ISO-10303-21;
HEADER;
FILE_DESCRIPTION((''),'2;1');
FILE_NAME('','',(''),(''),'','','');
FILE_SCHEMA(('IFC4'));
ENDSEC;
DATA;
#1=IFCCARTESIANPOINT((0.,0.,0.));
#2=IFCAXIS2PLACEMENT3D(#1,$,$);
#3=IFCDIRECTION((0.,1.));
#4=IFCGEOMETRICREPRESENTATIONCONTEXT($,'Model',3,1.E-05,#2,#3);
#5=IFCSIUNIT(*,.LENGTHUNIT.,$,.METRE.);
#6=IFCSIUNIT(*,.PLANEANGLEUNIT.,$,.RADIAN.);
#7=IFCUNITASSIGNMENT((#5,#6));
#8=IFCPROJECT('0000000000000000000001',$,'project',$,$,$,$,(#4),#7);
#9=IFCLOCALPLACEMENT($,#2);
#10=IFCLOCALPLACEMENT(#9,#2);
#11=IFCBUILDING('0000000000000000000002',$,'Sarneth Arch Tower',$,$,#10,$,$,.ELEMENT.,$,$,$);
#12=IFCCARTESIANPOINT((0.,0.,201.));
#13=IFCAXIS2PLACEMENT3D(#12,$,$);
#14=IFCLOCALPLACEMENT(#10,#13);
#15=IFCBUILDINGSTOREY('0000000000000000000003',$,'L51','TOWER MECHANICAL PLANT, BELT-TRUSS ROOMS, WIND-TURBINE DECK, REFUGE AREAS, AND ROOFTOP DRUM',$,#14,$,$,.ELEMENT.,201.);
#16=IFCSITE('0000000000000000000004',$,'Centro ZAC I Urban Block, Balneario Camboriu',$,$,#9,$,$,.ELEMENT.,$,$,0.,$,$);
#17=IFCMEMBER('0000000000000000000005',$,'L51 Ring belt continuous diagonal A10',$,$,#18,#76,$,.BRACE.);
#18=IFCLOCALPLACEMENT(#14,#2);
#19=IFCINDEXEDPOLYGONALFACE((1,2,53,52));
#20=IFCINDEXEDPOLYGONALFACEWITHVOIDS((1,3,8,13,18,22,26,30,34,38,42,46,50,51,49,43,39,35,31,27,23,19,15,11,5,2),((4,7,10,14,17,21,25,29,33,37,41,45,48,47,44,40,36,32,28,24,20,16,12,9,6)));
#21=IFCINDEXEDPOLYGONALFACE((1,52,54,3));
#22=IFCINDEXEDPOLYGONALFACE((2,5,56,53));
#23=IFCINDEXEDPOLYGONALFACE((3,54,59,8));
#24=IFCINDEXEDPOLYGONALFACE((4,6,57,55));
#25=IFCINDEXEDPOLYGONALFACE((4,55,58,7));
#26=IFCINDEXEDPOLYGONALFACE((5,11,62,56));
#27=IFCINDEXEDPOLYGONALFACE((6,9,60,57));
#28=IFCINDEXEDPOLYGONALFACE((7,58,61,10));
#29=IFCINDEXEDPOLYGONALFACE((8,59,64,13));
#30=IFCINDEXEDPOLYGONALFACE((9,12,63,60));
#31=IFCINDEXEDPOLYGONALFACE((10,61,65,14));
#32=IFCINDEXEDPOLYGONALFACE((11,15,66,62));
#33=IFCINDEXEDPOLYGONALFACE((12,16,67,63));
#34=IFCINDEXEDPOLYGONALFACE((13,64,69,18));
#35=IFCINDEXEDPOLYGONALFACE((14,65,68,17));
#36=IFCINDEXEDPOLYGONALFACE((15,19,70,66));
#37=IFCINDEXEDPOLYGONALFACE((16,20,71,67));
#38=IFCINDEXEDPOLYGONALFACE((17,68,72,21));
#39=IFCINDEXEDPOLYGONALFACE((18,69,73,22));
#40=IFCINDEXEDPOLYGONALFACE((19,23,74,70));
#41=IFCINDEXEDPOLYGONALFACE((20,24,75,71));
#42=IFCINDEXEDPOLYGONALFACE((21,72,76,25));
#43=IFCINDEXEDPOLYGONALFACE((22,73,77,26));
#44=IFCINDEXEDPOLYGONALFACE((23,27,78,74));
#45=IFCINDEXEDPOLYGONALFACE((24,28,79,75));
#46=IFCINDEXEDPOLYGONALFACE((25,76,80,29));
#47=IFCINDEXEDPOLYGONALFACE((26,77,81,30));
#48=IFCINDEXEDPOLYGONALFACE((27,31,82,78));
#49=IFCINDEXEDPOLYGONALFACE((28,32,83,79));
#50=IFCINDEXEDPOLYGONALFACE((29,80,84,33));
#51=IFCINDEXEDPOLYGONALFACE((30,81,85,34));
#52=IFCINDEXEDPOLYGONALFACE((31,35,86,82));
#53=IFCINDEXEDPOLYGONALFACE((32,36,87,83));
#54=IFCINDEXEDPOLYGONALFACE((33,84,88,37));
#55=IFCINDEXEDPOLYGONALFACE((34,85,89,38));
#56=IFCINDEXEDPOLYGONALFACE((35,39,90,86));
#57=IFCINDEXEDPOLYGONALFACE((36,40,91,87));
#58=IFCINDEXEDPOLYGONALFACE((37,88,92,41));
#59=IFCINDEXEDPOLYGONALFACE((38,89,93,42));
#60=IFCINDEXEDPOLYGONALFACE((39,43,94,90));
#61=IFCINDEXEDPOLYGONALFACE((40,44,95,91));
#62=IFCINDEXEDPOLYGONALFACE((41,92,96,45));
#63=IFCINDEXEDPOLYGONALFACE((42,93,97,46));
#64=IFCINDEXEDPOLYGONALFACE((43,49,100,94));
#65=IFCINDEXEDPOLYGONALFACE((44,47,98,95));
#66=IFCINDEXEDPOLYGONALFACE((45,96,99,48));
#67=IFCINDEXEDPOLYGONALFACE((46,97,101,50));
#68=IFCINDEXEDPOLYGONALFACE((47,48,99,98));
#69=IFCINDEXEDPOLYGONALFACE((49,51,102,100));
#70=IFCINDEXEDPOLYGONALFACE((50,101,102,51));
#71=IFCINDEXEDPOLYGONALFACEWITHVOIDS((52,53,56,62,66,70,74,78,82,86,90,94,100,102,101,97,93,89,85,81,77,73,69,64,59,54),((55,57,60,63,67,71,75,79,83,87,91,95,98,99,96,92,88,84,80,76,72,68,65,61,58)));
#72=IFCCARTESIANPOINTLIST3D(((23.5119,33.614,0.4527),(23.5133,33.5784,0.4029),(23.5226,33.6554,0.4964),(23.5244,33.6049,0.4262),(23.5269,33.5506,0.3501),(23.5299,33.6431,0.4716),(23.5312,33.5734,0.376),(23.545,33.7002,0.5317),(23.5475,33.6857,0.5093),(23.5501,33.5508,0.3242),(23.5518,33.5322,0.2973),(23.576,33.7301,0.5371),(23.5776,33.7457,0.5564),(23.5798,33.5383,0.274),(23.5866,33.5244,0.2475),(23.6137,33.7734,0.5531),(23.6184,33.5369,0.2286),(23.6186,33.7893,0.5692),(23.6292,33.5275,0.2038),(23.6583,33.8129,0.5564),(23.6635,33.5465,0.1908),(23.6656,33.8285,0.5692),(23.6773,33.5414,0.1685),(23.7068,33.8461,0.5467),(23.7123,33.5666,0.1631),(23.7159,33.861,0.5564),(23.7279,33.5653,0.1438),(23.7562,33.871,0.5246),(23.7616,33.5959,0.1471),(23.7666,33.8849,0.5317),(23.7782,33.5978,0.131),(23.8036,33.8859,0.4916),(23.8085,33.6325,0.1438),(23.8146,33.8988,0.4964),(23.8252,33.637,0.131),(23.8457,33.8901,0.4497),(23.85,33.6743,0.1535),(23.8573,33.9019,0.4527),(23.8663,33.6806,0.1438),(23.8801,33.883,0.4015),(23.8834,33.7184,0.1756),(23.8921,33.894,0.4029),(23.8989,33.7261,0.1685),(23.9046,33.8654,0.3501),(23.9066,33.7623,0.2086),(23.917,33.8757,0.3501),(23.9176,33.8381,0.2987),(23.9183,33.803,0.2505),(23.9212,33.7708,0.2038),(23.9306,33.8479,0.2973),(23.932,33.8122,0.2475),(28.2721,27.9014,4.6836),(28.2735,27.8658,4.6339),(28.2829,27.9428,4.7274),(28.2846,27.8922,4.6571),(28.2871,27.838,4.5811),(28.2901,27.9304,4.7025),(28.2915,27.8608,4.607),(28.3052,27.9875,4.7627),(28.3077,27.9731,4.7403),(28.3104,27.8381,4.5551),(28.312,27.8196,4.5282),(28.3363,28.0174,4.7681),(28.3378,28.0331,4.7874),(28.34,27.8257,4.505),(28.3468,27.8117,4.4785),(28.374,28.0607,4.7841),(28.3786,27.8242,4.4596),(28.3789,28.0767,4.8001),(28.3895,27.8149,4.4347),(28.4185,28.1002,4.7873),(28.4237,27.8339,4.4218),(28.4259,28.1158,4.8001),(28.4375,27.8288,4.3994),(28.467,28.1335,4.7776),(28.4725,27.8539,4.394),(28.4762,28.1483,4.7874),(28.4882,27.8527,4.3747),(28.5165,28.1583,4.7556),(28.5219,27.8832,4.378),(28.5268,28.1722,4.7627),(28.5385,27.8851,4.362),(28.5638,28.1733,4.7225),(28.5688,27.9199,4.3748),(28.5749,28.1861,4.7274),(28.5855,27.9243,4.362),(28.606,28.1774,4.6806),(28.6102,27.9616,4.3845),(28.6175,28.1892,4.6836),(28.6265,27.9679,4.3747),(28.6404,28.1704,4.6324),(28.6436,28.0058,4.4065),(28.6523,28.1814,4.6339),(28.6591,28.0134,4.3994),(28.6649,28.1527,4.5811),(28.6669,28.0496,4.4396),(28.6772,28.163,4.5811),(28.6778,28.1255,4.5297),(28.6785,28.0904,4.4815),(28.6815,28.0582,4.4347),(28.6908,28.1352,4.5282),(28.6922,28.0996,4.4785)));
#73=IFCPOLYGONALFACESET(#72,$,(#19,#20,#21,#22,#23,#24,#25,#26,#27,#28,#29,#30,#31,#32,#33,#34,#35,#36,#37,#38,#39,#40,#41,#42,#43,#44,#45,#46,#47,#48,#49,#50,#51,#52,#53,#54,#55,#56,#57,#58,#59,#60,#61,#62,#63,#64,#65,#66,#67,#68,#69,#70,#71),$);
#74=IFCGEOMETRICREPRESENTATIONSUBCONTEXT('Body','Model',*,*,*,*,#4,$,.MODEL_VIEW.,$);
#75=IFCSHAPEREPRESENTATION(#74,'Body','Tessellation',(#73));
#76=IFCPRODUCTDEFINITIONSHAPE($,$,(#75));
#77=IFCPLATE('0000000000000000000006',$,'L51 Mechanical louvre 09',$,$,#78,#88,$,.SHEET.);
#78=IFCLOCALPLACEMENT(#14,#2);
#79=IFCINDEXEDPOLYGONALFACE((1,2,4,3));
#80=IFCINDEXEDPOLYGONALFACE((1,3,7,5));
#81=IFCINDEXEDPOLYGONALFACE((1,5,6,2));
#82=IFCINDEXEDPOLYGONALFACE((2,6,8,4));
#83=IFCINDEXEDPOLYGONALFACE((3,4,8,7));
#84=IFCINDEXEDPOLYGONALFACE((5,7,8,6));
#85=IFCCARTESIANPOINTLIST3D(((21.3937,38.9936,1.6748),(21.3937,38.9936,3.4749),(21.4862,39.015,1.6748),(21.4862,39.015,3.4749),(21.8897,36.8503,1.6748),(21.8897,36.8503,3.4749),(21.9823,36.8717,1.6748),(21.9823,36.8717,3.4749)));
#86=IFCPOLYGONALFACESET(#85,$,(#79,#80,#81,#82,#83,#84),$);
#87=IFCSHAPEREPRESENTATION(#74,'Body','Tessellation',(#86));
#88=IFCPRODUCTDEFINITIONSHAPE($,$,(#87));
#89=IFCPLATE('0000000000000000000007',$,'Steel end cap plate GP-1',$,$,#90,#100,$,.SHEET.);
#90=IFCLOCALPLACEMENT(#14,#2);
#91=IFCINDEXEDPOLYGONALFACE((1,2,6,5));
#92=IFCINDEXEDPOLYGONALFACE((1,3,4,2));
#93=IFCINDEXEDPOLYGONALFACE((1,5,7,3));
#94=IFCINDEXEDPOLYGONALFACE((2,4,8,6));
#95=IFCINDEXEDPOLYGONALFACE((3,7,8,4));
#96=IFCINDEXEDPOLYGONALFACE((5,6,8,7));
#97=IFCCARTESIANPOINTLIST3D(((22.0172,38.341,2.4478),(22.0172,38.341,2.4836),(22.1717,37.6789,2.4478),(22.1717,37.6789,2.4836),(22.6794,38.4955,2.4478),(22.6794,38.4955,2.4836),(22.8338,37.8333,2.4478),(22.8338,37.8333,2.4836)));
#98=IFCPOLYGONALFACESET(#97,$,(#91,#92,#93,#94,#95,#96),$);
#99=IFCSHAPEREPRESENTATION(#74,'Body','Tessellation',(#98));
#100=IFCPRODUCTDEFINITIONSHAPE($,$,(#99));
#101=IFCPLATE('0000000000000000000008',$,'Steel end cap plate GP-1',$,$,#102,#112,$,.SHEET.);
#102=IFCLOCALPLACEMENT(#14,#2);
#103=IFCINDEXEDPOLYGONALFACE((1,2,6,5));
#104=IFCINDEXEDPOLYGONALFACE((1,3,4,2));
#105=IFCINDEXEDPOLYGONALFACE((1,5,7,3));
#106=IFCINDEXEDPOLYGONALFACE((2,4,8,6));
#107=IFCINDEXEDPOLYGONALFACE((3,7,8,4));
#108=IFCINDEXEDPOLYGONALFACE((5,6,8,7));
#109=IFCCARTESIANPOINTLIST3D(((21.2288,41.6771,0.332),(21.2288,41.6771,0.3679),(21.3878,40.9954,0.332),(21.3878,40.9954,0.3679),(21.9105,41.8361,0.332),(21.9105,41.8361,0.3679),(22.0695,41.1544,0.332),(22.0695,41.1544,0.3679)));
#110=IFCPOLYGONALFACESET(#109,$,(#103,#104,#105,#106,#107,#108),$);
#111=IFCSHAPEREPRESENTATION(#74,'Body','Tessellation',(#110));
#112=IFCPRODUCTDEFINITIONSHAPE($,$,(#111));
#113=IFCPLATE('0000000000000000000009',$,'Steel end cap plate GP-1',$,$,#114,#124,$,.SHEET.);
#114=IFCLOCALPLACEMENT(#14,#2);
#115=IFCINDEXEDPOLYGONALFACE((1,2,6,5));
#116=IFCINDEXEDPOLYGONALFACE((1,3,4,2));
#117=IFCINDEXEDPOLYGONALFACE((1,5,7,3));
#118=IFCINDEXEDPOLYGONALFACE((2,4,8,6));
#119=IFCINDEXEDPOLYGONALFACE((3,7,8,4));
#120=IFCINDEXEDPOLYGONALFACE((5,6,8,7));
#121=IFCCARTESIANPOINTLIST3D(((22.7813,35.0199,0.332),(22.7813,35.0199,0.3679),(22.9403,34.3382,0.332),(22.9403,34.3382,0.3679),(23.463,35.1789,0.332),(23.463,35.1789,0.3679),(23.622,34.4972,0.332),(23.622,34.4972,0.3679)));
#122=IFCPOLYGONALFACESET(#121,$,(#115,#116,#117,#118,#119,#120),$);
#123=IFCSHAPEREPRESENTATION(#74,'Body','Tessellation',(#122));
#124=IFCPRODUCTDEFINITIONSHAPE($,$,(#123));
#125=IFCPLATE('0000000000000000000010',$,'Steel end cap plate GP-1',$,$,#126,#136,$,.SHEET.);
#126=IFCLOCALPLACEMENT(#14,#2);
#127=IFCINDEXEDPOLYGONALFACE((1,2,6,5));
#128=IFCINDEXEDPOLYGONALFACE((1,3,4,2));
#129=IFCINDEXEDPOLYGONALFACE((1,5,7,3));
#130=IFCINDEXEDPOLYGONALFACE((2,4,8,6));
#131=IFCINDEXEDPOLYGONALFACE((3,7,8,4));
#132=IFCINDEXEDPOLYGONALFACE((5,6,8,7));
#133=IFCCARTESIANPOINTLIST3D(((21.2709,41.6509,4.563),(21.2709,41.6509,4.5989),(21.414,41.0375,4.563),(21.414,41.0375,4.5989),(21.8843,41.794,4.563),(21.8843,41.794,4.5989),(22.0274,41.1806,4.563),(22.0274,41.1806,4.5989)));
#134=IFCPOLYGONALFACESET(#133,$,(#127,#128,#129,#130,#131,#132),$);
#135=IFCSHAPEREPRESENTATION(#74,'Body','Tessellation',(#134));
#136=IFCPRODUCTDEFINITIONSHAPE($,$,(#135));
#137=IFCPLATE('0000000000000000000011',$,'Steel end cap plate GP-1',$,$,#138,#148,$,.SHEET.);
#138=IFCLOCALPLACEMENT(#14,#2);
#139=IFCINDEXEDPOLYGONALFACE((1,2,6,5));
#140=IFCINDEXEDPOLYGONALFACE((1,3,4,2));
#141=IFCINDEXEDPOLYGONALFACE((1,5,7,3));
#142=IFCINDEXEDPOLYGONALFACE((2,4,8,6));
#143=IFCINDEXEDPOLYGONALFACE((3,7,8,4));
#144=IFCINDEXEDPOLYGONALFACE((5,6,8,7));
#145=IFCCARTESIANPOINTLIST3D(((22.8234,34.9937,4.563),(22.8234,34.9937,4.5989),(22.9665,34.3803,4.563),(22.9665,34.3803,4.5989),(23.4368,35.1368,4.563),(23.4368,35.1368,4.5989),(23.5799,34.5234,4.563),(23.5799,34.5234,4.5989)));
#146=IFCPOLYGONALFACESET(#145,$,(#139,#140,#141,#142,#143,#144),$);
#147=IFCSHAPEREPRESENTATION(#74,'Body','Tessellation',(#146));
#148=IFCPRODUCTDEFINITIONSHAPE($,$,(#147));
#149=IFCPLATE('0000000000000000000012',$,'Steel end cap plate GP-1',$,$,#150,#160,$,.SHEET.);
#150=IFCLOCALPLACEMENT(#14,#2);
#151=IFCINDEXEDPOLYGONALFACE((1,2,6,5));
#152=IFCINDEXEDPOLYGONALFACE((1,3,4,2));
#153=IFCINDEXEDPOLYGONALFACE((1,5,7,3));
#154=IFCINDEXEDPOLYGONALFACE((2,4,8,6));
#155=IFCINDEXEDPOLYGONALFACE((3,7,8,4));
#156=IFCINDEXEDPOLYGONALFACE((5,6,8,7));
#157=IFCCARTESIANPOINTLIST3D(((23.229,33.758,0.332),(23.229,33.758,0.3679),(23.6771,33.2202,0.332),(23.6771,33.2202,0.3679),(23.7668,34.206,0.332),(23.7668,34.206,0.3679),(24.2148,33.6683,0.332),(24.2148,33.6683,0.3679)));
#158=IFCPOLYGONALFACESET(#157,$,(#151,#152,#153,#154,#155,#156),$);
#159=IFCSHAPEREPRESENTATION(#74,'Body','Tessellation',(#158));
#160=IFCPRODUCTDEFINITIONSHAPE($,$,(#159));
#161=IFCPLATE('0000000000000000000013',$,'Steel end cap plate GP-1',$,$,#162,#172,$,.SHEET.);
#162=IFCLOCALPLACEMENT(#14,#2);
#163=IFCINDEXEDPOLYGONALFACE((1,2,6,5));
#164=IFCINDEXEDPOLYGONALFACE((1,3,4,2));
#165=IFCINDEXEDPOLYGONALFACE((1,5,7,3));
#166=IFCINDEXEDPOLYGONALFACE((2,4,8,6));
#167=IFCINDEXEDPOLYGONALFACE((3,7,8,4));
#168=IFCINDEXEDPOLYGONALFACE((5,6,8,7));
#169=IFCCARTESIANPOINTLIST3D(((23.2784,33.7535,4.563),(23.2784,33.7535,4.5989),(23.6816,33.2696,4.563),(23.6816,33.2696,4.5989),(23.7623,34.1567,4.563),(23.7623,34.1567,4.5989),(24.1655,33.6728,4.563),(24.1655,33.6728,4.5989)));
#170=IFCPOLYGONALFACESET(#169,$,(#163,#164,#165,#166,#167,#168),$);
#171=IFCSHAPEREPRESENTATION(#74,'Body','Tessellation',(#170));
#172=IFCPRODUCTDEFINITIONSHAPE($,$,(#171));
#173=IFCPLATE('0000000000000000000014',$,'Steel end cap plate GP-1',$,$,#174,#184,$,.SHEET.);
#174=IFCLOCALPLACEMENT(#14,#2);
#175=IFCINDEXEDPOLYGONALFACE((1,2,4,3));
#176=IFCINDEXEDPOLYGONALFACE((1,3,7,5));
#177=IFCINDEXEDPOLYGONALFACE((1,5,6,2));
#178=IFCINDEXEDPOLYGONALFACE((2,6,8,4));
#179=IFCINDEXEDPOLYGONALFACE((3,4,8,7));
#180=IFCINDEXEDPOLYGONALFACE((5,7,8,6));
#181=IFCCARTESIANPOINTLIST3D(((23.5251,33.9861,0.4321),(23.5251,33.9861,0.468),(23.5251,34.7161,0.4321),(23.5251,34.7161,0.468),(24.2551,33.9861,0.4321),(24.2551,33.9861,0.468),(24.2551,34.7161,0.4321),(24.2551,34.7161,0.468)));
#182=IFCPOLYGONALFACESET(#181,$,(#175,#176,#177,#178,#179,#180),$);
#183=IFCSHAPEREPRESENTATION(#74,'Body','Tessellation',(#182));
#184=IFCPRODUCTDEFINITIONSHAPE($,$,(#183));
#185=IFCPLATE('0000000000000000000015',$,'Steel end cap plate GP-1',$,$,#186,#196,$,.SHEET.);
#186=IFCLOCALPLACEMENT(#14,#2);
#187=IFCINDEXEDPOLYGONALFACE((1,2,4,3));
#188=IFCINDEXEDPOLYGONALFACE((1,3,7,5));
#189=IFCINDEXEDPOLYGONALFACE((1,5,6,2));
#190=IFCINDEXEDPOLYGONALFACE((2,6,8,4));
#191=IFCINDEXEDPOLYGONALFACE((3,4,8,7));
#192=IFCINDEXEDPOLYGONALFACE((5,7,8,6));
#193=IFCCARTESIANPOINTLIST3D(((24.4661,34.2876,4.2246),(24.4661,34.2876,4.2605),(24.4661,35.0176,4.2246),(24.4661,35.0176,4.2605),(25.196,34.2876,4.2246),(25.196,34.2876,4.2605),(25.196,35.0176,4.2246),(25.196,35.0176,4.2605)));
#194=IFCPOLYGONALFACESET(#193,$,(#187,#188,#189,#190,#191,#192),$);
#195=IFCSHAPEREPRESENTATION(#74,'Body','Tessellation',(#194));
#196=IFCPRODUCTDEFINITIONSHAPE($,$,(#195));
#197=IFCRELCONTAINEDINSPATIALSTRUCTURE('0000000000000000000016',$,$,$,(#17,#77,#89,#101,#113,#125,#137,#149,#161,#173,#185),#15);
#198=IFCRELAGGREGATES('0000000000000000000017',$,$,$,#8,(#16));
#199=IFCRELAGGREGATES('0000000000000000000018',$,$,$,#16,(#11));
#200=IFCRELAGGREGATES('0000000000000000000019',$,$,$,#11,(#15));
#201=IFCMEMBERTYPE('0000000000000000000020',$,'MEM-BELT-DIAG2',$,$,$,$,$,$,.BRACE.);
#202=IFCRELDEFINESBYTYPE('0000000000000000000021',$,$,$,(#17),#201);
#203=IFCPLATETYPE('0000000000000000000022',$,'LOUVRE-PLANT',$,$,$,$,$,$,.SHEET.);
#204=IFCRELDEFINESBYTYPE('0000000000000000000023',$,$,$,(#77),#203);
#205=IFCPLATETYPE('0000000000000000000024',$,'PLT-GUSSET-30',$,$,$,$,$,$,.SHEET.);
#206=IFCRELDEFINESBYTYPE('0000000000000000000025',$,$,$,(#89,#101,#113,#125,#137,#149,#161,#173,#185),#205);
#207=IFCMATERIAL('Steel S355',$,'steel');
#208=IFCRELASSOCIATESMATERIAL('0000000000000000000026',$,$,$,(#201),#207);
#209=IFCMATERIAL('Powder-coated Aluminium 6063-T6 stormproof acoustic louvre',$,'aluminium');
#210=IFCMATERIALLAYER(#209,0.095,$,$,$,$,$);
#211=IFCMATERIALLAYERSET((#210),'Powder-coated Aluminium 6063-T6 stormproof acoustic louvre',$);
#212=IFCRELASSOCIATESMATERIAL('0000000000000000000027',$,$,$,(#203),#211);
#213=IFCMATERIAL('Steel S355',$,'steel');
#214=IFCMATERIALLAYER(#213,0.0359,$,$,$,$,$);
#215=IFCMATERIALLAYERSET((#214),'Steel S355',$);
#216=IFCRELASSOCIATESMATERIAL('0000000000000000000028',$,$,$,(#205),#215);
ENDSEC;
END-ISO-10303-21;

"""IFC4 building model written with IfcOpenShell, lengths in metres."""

from ifc_helpers import new_model, si_unit, direction, frame, origin, origin_2d, place, context, subcontext, project, spatial, rectangle, hollow_circle, extrude, material, layer, layer_set, material_profile, profile_set, type_object, element, save


model = new_model("IFC4")

# Units and contexts
model_context = context("Model", 3, precision=1e-05, world=origin(), true_north=direction((0.0, 1.0)))
body_context = subcontext(model_context, "Body", "Model", "MODEL_VIEW")
ifc_project = project(units=[si_unit("LENGTHUNIT", "METRE"), si_unit("PLANEANGLEUNIT", "RADIAN")], contexts=[model_context])

# Site, building, storey
site_placement = place(None, origin())
site = spatial("IfcSite", under=ifc_project, at=site_placement, Name="Centro ZAC I Urban Block, Balneario Camboriu", CompositionType="ELEMENT", RefElevation=0.0)
building_placement = place(site_placement, origin())
building = spatial("IfcBuilding", under=site, at=building_placement, Name="Sarneth Arch Tower", CompositionType="ELEMENT")
storey_placement = place(building_placement, frame((0.0, 0.0, 201.0)))
storey = spatial("IfcBuildingStorey", under=building, at=storey_placement, Name="L51", Description="TOWER MECHANICAL PLANT, BELT-TRUSS ROOMS, WIND-TURBINE DECK, REFUGE AREAS, AND ROOFTOP DRUM", CompositionType="ELEMENT", Elevation=201.0)

# Member
ifc_material_1 = material(Name="Steel S355", Category="steel")
ifc_material_profile_1 = material_profile(ifc_material_1, hollow_circle(Radius=0.2539, WallThickness=0.0161, at=origin_2d()), Name="CHS508x16")
ifc_profile_set_1 = profile_set([ifc_material_profile_1], Name="Steel S355")
member_type_1 = type_object("IfcMemberType", Name="MEM-BELT-DIAG2", PredefinedType="BRACE", material=ifc_profile_set_1)
member_1_placement = place(storey_placement, frame((23.7219, 33.7131, 0.3501), z_axis=(0.556402, -0.667722, 0.494535), x_axis=(0.76824, 0.640162, 0.0)))
element("IfcMember", 1, at=member_1_placement, inside=storey, type_object=member_type_1, Name="L51 Ring belt continuous diagonal A10", PredefinedType="BRACE", context=body_context, shape_type="SweptSolid", body=[
    extrude(hollow_circle(Radius=0.2539, WallThickness=0.0161, at=origin_2d()), origin(), (0.0, 0.0, 1.0), 8.5554),
])

# Plates
ifc_material_2 = material(Name="Powder-coated Aluminium 6063-T6 stormproof acoustic louvre", Category="aluminium")
ifc_layer_1 = layer(ifc_material_2, 0.095)
ifc_layer_set_1 = layer_set([ifc_layer_1], Name="Powder-coated Aluminium 6063-T6 stormproof acoustic louvre")
plate_type_1 = type_object("IfcPlateType", Name="LOUVRE-PLANT", PredefinedType="SHEET", material=ifc_layer_set_1)
plate_1_placement = place(storey_placement, frame((21.688, 37.9326, 1.6748), z_axis=(0.0, 0.0, 1.0), x_axis=(0.225461, -0.974252, 0.0)))
element("IfcPlate", 2, at=plate_1_placement, inside=storey, type_object=plate_type_1, Name="L51 Mechanical louvre 09", PredefinedType="SHEET", context=body_context, shape_type="SweptSolid", body=[
    extrude(rectangle(XDim=2.2, YDim=0.095, at=origin_2d()), origin(), (0.0, 0.0, 1.0), 1.8),
])
ifc_material_3 = material(Name="Steel S355", Category="steel")
ifc_layer_2 = layer(ifc_material_3, 0.0359)
ifc_layer_set_2 = layer_set([ifc_layer_2], Name="Steel S355")
plate_type_2 = type_object("IfcPlateType", Name="PLT-GUSSET-30", PredefinedType="SHEET", material=ifc_layer_set_2)
plate_2_placement = place(storey_placement, frame((22.4255, 38.0872, 2.4478), z_axis=(0.0, 0.0, 1.0), x_axis=(0.227161, -0.973857, 0.0)))
element("IfcPlate", 3, at=plate_2_placement, inside=storey, type_object=plate_type_2, Name="Steel end cap plate GP-1", PredefinedType="SHEET", context=body_context, shape_type="SweptSolid", body=[
    extrude(rectangle(XDim=0.6799, YDim=0.6799, at=origin_2d()), origin(), (0.0, 0.0, 1.0), 0.0359),
])
for number, where, z_axis, x_axis, name in (
    (4, (21.6492, 41.4158, 0.332), (0.0, 0.0, 1.0), (-0.227161, 0.973857, 0.0), "Steel end cap plate GP-1"),
    (5, (23.2017, 34.7585, 0.332), (0.0, 0.0, 1.0), (0.227161, -0.973857, 0.0), "Steel end cap plate GP-1"),
):
    element("IfcPlate", number, at=place(storey_placement, frame(where, z_axis=z_axis, x_axis=x_axis)), inside=storey, type_object=plate_type_2, Name=name, PredefinedType="SHEET", context=body_context, shape_type="SweptSolid", body=[
        extrude(rectangle(XDim=0.7, YDim=0.7, at=origin_2d()), origin(), (0.0, 0.0, 1.0), 0.0359),
    ])
for number, where, z_axis, x_axis, name in (
    (6, (21.6492, 41.4158, 4.563), (0.0, 0.0, 1.0), (-0.227161, 0.973857, 0.0), "Steel end cap plate GP-1"),
    (7, (23.2017, 34.7585, 4.563), (0.0, 0.0, 1.0), (0.227161, -0.973857, 0.0), "Steel end cap plate GP-1"),
):
    element("IfcPlate", number, at=place(storey_placement, frame(where, z_axis=z_axis, x_axis=x_axis)), inside=storey, type_object=plate_type_2, Name=name, PredefinedType="SHEET", context=body_context, shape_type="SweptSolid", body=[
        extrude(rectangle(XDim=0.6299, YDim=0.6299, at=origin_2d()), origin(), (0.0, 0.0, 1.0), 0.0359),
    ])
plate_3_placement = place(storey_placement, frame((23.7219, 33.7131, 0.332), z_axis=(0.0, 0.0, 1.0), x_axis=(-0.64011, 0.768284, 0.0)))
element("IfcPlate", 8, at=plate_3_placement, inside=storey, type_object=plate_type_2, Name="Steel end cap plate GP-1", PredefinedType="SHEET", context=body_context, shape_type="SweptSolid", body=[
    extrude(rectangle(XDim=0.7, YDim=0.7, at=origin_2d()), origin(), (0.0, 0.0, 1.0), 0.0359),
])
plate_4_placement = place(storey_placement, frame((23.7219, 33.7131, 4.563), z_axis=(0.0, 0.0, 1.0), x_axis=(-0.64011, 0.768284, 0.0)))
element("IfcPlate", 9, at=plate_4_placement, inside=storey, type_object=plate_type_2, Name="Steel end cap plate GP-1", PredefinedType="SHEET", context=body_context, shape_type="SweptSolid", body=[
    extrude(rectangle(XDim=0.6299, YDim=0.6299, at=origin_2d()), origin(), (0.0, 0.0, 1.0), 0.0359),
])
for number, where, z_axis, x_axis, name in (
    (10, (23.8901, 34.3511, 0.4321), (0.0, 0.0, 1.0), (1.0, 0.0, 0.0), "Steel end cap plate GP-1"),
    (11, (24.8311, 34.6526, 4.2246), (0.0, 0.0, 1.0), (1.0, 0.0, 0.0), "Steel end cap plate GP-1"),
):
    element("IfcPlate", number, at=place(storey_placement, frame(where, z_axis=z_axis, x_axis=x_axis)), inside=storey, type_object=plate_type_2, Name=name, PredefinedType="SHEET", context=body_context, shape_type="SweptSolid", body=[
        extrude(rectangle(XDim=0.73, YDim=0.73, at=origin_2d()), origin(), (0.0, 0.0, 1.0), 0.0359),
    ])

save(model, "model.ifc")
